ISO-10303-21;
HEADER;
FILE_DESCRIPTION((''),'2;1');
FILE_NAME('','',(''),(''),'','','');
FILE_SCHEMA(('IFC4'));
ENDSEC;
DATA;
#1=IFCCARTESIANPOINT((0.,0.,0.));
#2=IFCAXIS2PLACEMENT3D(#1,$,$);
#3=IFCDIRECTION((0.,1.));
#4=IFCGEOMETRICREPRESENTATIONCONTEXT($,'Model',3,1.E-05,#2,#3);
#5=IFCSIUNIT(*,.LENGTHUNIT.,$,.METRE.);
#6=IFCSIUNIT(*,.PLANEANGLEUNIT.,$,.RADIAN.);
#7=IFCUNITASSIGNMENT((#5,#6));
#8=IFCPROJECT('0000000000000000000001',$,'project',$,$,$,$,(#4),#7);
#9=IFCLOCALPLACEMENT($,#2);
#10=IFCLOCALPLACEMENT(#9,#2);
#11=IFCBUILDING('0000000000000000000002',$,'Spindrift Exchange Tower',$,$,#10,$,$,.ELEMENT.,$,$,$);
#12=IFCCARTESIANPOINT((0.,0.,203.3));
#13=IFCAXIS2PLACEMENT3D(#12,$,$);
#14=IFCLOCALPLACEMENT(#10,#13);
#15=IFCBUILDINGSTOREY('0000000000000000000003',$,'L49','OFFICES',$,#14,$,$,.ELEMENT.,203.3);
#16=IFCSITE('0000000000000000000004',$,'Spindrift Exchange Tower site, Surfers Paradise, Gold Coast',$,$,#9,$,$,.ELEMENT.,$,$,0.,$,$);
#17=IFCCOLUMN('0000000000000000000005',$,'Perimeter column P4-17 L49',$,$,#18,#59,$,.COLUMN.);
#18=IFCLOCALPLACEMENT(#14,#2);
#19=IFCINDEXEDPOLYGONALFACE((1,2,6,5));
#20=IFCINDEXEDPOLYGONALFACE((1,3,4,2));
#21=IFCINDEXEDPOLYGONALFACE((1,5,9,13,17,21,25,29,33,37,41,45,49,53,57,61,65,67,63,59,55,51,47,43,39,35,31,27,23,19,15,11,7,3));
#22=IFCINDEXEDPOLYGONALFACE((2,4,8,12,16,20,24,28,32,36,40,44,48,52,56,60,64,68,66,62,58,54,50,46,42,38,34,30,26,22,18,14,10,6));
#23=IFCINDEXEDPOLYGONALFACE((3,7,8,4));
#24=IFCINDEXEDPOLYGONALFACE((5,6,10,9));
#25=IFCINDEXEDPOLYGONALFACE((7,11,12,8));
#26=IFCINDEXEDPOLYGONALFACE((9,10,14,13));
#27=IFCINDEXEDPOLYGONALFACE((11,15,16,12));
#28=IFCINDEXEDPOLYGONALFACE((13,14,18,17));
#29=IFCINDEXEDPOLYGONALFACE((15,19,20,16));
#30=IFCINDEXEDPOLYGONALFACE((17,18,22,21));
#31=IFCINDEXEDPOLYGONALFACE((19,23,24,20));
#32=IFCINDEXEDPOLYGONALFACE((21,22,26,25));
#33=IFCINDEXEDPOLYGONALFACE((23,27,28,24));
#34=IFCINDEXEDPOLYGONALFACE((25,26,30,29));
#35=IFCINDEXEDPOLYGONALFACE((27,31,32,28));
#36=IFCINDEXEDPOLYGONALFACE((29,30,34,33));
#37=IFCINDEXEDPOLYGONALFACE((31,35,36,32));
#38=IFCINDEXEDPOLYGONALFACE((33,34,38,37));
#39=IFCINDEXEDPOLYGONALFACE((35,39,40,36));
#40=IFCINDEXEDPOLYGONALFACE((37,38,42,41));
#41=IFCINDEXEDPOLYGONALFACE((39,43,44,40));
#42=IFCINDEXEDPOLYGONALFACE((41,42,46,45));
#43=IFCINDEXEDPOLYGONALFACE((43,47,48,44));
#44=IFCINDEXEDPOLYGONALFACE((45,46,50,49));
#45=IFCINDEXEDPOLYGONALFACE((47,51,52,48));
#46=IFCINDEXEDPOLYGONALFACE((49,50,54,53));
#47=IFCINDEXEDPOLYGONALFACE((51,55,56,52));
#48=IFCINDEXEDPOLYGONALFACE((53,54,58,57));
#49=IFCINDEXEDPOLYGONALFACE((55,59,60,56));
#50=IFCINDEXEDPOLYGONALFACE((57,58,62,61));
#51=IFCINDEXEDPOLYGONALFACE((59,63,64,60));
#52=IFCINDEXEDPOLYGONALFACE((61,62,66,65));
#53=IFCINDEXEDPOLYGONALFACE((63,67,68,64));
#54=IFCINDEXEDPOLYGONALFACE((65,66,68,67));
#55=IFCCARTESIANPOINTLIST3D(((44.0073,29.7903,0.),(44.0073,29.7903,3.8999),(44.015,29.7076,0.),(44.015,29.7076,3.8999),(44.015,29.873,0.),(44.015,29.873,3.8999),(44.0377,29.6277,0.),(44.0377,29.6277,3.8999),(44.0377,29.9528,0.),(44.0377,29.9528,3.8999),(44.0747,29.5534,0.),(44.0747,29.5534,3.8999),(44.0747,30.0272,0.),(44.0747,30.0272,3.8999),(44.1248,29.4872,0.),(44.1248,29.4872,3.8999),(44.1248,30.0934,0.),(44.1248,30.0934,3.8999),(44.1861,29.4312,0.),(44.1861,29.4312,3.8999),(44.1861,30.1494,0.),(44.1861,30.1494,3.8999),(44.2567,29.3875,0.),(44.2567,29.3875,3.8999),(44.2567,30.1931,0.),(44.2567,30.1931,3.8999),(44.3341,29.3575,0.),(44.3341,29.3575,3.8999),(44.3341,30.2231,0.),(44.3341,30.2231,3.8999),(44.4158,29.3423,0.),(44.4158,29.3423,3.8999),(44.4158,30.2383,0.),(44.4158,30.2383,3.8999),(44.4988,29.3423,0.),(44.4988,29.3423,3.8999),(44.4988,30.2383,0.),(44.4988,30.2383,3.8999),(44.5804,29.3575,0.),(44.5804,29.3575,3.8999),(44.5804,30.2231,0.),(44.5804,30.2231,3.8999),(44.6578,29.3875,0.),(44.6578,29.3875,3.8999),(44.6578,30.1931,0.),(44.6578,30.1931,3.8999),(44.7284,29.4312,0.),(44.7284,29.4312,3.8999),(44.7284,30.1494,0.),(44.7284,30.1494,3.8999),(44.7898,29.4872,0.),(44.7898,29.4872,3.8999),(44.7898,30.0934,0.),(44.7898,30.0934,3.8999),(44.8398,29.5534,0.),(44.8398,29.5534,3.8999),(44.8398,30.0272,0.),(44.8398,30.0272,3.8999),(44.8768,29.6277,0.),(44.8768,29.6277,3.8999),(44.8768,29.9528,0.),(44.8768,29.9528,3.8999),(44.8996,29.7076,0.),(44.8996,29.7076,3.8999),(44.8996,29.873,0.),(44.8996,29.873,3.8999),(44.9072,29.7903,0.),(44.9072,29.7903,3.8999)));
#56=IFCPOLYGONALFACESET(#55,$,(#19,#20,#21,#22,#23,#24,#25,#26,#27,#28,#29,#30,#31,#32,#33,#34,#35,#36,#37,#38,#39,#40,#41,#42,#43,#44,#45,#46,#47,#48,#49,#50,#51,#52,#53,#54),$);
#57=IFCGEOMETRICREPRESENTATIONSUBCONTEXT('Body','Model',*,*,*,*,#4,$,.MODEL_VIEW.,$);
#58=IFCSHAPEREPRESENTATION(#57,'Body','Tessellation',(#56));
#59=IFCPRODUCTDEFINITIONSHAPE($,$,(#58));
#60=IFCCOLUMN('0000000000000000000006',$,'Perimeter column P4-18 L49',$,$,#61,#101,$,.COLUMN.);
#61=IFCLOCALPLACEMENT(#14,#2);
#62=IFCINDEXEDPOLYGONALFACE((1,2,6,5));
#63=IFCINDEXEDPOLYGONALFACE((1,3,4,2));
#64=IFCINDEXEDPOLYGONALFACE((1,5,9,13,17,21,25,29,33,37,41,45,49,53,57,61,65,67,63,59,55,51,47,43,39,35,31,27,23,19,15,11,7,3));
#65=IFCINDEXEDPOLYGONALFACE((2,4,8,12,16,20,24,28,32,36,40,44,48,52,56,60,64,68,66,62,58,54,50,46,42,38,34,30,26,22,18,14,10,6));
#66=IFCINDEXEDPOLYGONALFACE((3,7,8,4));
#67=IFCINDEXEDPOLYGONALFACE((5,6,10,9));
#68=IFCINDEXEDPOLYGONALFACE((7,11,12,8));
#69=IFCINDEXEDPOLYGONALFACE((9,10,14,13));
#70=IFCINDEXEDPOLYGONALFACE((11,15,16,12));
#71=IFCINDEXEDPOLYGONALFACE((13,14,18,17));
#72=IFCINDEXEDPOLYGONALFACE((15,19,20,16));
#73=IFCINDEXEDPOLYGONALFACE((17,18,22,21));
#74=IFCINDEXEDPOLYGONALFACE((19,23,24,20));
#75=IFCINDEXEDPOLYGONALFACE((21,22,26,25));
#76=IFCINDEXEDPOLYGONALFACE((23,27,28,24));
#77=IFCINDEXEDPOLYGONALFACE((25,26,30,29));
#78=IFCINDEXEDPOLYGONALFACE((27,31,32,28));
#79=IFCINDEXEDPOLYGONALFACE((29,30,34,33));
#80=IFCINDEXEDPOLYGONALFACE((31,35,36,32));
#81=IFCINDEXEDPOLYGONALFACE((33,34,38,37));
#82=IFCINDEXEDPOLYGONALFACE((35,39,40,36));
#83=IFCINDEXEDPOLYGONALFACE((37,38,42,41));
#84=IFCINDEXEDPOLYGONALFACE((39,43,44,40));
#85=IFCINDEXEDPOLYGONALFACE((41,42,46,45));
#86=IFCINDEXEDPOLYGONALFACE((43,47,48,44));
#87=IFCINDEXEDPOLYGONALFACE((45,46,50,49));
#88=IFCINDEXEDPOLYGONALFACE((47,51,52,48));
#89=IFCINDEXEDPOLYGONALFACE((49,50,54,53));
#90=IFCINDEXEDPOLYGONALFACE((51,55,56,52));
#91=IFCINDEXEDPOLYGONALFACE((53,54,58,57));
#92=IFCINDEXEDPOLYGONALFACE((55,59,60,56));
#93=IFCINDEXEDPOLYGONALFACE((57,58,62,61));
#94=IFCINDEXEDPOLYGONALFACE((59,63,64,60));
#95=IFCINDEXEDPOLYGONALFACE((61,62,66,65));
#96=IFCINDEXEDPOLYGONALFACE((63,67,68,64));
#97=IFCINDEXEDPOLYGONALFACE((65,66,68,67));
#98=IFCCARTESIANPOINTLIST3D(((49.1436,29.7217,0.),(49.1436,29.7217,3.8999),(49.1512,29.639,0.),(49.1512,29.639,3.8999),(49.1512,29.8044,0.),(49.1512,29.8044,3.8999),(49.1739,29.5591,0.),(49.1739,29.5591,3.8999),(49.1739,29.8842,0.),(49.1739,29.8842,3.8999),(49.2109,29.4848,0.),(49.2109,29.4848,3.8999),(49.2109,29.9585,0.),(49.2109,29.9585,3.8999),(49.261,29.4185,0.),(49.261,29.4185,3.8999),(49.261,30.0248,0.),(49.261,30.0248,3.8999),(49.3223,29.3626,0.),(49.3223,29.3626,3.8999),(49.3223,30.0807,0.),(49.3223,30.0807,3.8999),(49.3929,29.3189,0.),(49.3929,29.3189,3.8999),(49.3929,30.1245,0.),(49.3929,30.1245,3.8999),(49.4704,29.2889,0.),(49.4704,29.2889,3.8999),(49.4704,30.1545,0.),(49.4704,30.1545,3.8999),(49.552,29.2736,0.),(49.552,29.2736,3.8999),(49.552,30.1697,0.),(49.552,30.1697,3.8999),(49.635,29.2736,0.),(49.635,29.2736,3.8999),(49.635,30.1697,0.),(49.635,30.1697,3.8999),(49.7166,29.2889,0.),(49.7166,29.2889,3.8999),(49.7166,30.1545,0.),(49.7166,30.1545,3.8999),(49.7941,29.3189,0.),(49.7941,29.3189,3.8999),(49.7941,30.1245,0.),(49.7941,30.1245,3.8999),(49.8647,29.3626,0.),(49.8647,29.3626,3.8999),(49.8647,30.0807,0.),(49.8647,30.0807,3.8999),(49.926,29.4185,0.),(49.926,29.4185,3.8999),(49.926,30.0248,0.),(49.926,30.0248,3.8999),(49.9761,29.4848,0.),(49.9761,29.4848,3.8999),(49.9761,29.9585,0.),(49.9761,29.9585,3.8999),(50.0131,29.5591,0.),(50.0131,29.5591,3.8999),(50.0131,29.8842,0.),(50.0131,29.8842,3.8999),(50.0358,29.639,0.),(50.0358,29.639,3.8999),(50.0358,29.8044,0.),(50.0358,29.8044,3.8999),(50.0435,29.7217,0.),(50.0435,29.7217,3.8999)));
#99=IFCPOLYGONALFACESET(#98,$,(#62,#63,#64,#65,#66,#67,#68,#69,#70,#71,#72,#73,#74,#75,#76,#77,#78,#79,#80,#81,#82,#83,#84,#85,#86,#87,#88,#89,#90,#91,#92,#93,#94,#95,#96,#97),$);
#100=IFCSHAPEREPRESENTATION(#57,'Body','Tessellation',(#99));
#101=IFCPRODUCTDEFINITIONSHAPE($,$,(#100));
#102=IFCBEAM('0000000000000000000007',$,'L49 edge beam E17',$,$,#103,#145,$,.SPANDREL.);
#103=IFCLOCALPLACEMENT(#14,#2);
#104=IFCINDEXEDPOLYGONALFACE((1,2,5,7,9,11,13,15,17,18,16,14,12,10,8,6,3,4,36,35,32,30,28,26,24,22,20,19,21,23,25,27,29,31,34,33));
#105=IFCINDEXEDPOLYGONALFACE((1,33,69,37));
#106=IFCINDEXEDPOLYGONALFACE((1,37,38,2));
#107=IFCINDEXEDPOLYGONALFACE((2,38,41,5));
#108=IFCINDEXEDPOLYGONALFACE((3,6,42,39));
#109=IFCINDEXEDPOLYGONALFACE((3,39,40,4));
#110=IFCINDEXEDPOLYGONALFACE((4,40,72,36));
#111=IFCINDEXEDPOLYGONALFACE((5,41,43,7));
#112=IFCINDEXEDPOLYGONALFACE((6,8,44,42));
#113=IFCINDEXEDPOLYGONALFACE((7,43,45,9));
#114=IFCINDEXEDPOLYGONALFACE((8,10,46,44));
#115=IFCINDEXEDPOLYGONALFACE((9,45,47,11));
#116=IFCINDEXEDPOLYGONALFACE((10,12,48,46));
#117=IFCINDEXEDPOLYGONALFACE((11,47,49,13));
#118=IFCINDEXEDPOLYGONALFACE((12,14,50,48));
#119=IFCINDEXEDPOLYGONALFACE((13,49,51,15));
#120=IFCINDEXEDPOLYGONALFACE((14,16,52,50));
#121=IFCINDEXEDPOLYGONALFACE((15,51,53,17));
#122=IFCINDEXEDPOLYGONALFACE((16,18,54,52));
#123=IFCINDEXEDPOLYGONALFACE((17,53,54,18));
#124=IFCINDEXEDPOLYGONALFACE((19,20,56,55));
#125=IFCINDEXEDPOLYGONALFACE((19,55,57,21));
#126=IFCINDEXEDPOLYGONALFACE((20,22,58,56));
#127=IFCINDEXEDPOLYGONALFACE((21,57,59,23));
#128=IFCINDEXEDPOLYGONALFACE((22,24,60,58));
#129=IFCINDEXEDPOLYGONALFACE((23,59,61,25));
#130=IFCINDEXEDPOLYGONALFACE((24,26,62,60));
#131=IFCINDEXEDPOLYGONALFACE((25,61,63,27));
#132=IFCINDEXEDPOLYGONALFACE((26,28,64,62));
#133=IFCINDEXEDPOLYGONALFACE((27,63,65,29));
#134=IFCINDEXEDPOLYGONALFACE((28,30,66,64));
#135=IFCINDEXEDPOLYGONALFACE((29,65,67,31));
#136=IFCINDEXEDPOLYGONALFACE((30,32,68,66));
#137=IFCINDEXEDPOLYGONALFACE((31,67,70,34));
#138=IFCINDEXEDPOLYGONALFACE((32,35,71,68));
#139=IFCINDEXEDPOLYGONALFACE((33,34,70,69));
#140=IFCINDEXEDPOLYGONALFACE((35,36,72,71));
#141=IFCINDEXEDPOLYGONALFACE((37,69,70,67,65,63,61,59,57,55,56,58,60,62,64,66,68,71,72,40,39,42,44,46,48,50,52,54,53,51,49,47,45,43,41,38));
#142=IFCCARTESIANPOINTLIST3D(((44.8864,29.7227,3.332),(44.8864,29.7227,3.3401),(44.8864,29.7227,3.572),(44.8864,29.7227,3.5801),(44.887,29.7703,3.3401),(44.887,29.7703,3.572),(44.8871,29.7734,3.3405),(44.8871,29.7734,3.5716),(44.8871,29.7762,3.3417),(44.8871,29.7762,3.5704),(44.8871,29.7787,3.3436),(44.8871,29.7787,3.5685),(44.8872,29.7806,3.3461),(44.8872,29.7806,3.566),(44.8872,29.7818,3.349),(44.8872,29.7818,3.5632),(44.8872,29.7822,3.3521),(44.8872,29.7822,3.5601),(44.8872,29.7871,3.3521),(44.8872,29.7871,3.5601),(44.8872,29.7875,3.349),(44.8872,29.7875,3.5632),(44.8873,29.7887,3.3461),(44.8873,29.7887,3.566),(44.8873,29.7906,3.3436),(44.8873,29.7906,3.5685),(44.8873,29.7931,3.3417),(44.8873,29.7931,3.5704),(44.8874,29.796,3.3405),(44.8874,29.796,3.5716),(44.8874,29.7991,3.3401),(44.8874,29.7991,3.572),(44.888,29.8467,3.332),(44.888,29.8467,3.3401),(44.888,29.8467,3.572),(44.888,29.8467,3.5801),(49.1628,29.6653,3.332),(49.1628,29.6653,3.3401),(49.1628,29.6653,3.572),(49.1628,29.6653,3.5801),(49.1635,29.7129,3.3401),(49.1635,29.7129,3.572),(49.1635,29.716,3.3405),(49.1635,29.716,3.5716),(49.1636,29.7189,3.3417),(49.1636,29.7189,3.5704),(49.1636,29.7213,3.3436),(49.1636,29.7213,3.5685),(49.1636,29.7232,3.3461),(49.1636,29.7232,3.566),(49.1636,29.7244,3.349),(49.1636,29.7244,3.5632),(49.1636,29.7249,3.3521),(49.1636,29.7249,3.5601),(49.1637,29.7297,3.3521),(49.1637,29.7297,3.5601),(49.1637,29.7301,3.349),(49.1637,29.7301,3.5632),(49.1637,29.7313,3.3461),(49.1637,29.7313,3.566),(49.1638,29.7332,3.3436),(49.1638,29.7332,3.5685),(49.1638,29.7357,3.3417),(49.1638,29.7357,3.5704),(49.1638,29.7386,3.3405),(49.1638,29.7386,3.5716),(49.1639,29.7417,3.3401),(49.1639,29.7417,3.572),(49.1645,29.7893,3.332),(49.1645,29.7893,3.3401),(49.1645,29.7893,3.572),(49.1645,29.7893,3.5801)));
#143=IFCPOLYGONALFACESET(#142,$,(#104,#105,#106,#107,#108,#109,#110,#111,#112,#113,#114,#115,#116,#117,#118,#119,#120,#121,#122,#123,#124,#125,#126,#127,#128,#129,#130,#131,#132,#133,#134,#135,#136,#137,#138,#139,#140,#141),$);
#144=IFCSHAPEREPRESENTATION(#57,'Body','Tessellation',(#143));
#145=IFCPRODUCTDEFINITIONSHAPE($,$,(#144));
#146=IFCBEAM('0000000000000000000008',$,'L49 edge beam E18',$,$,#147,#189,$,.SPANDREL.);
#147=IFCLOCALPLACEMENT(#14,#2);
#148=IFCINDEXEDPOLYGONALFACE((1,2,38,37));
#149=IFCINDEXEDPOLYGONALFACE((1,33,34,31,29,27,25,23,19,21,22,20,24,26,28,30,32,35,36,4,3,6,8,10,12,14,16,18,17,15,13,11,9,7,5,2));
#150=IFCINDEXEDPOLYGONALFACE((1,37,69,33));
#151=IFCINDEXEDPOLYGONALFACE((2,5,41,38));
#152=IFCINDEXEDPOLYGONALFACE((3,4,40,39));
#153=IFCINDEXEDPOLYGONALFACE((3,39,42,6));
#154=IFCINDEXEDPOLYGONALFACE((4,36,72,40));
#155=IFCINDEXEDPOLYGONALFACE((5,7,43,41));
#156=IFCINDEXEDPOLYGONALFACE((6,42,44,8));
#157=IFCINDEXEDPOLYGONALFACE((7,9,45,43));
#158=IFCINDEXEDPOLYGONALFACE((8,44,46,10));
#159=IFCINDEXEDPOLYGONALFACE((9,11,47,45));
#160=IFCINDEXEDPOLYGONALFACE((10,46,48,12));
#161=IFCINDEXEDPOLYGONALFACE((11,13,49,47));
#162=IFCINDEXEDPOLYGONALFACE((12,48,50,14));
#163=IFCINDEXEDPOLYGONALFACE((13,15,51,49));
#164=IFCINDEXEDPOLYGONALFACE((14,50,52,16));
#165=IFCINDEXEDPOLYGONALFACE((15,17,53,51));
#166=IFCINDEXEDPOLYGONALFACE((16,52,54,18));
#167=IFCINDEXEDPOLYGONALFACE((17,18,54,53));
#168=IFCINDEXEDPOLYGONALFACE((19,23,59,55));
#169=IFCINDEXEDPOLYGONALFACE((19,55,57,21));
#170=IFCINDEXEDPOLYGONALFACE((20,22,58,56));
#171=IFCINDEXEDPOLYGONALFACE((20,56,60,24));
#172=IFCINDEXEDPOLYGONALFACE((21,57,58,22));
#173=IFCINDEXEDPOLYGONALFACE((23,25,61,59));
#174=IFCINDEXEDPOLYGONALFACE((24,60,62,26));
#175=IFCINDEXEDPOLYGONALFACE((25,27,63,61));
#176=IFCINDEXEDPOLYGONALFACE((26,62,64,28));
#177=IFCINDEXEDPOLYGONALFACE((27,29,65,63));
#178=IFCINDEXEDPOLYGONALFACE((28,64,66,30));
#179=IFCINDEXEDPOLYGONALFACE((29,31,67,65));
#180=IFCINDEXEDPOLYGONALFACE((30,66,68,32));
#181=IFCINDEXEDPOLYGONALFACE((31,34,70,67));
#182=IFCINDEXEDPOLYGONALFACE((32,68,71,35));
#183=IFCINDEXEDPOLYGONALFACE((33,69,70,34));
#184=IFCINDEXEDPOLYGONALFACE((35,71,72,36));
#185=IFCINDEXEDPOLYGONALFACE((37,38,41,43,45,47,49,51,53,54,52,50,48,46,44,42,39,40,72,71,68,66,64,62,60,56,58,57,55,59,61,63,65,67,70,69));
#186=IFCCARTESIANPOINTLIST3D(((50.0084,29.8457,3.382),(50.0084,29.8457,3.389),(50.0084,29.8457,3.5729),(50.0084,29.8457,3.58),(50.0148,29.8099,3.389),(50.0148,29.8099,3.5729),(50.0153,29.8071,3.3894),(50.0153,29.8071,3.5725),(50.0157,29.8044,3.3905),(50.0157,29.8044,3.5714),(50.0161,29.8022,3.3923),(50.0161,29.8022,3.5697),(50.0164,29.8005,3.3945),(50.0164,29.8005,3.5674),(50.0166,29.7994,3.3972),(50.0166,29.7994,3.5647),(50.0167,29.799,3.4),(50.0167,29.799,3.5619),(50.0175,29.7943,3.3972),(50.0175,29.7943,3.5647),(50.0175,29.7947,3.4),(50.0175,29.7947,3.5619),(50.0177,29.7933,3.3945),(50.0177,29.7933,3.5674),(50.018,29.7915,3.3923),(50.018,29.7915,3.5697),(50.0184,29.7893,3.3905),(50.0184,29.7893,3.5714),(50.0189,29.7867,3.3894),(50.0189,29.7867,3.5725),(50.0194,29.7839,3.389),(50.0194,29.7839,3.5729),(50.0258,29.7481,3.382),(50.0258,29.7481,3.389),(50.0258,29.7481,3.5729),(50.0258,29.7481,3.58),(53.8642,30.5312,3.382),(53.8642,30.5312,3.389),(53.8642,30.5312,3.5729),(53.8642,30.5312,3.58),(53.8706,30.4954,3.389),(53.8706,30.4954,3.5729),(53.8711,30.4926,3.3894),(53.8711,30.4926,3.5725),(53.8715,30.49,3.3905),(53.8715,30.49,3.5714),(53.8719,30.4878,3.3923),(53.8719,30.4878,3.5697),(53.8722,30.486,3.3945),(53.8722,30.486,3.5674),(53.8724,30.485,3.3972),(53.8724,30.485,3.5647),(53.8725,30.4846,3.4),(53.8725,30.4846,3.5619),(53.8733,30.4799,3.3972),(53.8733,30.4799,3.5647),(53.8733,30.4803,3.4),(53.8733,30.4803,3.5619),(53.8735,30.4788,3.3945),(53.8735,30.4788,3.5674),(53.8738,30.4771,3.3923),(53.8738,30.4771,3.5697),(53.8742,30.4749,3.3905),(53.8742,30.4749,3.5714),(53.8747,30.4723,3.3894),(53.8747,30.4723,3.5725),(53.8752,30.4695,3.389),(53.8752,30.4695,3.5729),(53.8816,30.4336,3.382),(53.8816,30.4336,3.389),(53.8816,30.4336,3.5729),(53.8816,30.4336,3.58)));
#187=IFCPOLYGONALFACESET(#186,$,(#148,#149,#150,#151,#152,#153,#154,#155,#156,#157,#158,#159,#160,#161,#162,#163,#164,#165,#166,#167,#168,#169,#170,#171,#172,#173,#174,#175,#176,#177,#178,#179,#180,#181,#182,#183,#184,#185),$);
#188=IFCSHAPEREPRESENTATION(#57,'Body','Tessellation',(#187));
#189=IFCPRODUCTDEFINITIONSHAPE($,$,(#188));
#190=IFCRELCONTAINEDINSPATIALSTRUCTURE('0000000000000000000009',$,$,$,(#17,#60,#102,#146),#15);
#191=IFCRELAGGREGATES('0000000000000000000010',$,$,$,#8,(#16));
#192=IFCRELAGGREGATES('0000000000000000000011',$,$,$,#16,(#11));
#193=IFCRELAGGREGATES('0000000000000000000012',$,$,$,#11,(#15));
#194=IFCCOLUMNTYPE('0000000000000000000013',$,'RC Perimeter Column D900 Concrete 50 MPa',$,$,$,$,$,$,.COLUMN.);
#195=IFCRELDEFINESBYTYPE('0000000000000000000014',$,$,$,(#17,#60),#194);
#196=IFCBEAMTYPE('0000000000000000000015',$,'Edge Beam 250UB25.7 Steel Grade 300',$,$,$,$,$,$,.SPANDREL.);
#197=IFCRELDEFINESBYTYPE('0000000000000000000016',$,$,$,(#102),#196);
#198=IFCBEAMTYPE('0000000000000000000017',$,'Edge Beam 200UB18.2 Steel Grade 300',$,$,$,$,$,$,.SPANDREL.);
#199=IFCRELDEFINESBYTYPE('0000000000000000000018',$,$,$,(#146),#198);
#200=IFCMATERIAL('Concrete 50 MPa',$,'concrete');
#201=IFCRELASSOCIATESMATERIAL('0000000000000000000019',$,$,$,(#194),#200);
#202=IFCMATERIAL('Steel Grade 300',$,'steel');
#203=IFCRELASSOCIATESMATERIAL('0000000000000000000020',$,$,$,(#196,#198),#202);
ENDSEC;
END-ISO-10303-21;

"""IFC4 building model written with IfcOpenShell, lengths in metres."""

from ifc_helpers import new_model, si_unit, direction, frame, origin, origin_2d, place, context, subcontext, project, spatial, circle, i_section, extrude, source, transform, mapped, material, material_profile, profile_set, type_object, element, save


model = new_model("IFC4")

# Units and contexts
model_context = context("Model", 3, precision=1e-05, world=origin(), true_north=direction((0.0, 1.0)))
body_context = subcontext(model_context, "Body", "Model", "MODEL_VIEW")
ifc_project = project(units=[si_unit("LENGTHUNIT", "METRE"), si_unit("PLANEANGLEUNIT", "RADIAN")], contexts=[model_context])

# Site, building, storey
site_placement = place(None, origin())
site = spatial("IfcSite", under=ifc_project, at=site_placement, Name="Spindrift Exchange Tower site, Surfers Paradise, Gold Coast", CompositionType="ELEMENT", RefElevation=0.0)
building_placement = place(site_placement, origin())
building = spatial("IfcBuilding", under=site, at=building_placement, Name="Spindrift Exchange Tower", CompositionType="ELEMENT")
storey_placement = place(building_placement, frame((0.0, 0.0, 203.3)))
storey = spatial("IfcBuildingStorey", under=building, at=storey_placement, Name="L49", Description="OFFICES", CompositionType="ELEMENT", Elevation=203.3)

# Columns
ifc_material_1 = material(Name="Concrete 50 MPa", Category="concrete")
ifc_material_profile_1 = material_profile(ifc_material_1, circle(Radius=0.45, at=origin_2d()), Name="RC D900")
ifc_profile_set_1 = profile_set([ifc_material_profile_1], Name="Concrete 50 MPa")
column_type = type_object("IfcColumnType", Name="RC Perimeter Column D900 Concrete 50 MPa", PredefinedType="COLUMN", material=ifc_profile_set_1)
shared_shape_1 = source(origin(), body_context, "Body", "SweptSolid", [
    extrude(circle(Radius=0.45, at=origin_2d()), origin(), (0.0, 0.0, 1.0), 3.8999),
])
for number, where, z_axis, x_axis, name in (
    (1, (44.4573, 29.7903, 0.0), (0.0, 0.0, 1.0), (1.0, 0.0, 0.0), "Perimeter column P4-17 L49"),
    (2, (49.5935, 29.7217, 0.0), (0.0, 0.0, 1.0), (1.0, 0.0, 0.0), "Perimeter column P4-18 L49"),
):
    element("IfcColumn", number, at=place(storey_placement, frame(where, z_axis=z_axis, x_axis=x_axis)), inside=storey, type_object=column_type, Name=name, PredefinedType="COLUMN", context=body_context, shape_type="MappedRepresentation", body=[
        mapped(shared_shape_1, transform((0.0, 0.0, 0.0), scale=1.0)),
    ])

# Beams
ifc_material_2 = material(Name="Steel Grade 300", Category="steel")
ifc_material_profile_2 = material_profile(ifc_material_2, i_section(OverallWidth=0.124, OverallDepth=0.248, WebThickness=0.0049, FlangeThickness=0.0081, FilletRadius=0.012, at=origin_2d()), Name="250UB25.7")
ifc_profile_set_2 = profile_set([ifc_material_profile_2], Name="Steel Grade 300")
beam_type_1 = type_object("IfcBeamType", Name="Edge Beam 250UB25.7 Steel Grade 300", PredefinedType="SPANDREL", material=ifc_profile_set_2)
shared_shape_2 = source(origin(), body_context, "Body", "SweptSolid", [
    extrude(i_section(OverallWidth=0.124, OverallDepth=0.248, WebThickness=0.0049, FlangeThickness=0.0081, FilletRadius=0.012, at=origin_2d()), origin(), (0.0, 0.0, 1.0), 4.2769),
])
beam_1_placement = place(storey_placement, frame((44.8872, 29.7847, 3.4561), z_axis=(0.99991, -0.013415, 0.0), x_axis=(0.013415, 0.99991, 0.0)))
element("IfcBeam", 3, at=beam_1_placement, inside=storey, type_object=beam_type_1, Name="L49 edge beam E17", PredefinedType="SPANDREL", context=body_context, shape_type="MappedRepresentation", body=[
    mapped(shared_shape_2, transform((0.0, 0.0, 0.0), scale=1.0)),
])
ifc_material_profile_3 = material_profile(ifc_material_2, i_section(OverallWidth=0.0991, OverallDepth=0.198, WebThickness=0.0044, FlangeThickness=0.0071, FilletRadius=0.011, at=origin_2d()), Name="200UB18.2")
ifc_profile_set_3 = profile_set([ifc_material_profile_3], Name="Steel Grade 300")
beam_type_2 = type_object("IfcBeamType", Name="Edge Beam 200UB18.2 Steel Grade 300", PredefinedType="SPANDREL", material=ifc_profile_set_3)
shared_shape_3 = source(origin(), body_context, "Body", "SweptSolid", [
    extrude(i_section(OverallWidth=0.0991, OverallDepth=0.198, WebThickness=0.0044, FlangeThickness=0.0071, FilletRadius=0.011, at=origin_2d()), origin(), (0.0, 0.0, 1.0), 3.9163),
])
beam_2_placement = place(storey_placement, frame((50.0171, 29.7969, 3.481), z_axis=(0.984559, 0.175055, 0.0), x_axis=(-0.175055, 0.984559, 0.0)))
element("IfcBeam", 4, at=beam_2_placement, inside=storey, type_object=beam_type_2, Name="L49 edge beam E18", PredefinedType="SPANDREL", context=body_context, shape_type="MappedRepresentation", body=[
    mapped(shared_shape_3, transform((0.0, 0.0, 0.0), scale=1.0)),
])

save(model, "model.ifc")
